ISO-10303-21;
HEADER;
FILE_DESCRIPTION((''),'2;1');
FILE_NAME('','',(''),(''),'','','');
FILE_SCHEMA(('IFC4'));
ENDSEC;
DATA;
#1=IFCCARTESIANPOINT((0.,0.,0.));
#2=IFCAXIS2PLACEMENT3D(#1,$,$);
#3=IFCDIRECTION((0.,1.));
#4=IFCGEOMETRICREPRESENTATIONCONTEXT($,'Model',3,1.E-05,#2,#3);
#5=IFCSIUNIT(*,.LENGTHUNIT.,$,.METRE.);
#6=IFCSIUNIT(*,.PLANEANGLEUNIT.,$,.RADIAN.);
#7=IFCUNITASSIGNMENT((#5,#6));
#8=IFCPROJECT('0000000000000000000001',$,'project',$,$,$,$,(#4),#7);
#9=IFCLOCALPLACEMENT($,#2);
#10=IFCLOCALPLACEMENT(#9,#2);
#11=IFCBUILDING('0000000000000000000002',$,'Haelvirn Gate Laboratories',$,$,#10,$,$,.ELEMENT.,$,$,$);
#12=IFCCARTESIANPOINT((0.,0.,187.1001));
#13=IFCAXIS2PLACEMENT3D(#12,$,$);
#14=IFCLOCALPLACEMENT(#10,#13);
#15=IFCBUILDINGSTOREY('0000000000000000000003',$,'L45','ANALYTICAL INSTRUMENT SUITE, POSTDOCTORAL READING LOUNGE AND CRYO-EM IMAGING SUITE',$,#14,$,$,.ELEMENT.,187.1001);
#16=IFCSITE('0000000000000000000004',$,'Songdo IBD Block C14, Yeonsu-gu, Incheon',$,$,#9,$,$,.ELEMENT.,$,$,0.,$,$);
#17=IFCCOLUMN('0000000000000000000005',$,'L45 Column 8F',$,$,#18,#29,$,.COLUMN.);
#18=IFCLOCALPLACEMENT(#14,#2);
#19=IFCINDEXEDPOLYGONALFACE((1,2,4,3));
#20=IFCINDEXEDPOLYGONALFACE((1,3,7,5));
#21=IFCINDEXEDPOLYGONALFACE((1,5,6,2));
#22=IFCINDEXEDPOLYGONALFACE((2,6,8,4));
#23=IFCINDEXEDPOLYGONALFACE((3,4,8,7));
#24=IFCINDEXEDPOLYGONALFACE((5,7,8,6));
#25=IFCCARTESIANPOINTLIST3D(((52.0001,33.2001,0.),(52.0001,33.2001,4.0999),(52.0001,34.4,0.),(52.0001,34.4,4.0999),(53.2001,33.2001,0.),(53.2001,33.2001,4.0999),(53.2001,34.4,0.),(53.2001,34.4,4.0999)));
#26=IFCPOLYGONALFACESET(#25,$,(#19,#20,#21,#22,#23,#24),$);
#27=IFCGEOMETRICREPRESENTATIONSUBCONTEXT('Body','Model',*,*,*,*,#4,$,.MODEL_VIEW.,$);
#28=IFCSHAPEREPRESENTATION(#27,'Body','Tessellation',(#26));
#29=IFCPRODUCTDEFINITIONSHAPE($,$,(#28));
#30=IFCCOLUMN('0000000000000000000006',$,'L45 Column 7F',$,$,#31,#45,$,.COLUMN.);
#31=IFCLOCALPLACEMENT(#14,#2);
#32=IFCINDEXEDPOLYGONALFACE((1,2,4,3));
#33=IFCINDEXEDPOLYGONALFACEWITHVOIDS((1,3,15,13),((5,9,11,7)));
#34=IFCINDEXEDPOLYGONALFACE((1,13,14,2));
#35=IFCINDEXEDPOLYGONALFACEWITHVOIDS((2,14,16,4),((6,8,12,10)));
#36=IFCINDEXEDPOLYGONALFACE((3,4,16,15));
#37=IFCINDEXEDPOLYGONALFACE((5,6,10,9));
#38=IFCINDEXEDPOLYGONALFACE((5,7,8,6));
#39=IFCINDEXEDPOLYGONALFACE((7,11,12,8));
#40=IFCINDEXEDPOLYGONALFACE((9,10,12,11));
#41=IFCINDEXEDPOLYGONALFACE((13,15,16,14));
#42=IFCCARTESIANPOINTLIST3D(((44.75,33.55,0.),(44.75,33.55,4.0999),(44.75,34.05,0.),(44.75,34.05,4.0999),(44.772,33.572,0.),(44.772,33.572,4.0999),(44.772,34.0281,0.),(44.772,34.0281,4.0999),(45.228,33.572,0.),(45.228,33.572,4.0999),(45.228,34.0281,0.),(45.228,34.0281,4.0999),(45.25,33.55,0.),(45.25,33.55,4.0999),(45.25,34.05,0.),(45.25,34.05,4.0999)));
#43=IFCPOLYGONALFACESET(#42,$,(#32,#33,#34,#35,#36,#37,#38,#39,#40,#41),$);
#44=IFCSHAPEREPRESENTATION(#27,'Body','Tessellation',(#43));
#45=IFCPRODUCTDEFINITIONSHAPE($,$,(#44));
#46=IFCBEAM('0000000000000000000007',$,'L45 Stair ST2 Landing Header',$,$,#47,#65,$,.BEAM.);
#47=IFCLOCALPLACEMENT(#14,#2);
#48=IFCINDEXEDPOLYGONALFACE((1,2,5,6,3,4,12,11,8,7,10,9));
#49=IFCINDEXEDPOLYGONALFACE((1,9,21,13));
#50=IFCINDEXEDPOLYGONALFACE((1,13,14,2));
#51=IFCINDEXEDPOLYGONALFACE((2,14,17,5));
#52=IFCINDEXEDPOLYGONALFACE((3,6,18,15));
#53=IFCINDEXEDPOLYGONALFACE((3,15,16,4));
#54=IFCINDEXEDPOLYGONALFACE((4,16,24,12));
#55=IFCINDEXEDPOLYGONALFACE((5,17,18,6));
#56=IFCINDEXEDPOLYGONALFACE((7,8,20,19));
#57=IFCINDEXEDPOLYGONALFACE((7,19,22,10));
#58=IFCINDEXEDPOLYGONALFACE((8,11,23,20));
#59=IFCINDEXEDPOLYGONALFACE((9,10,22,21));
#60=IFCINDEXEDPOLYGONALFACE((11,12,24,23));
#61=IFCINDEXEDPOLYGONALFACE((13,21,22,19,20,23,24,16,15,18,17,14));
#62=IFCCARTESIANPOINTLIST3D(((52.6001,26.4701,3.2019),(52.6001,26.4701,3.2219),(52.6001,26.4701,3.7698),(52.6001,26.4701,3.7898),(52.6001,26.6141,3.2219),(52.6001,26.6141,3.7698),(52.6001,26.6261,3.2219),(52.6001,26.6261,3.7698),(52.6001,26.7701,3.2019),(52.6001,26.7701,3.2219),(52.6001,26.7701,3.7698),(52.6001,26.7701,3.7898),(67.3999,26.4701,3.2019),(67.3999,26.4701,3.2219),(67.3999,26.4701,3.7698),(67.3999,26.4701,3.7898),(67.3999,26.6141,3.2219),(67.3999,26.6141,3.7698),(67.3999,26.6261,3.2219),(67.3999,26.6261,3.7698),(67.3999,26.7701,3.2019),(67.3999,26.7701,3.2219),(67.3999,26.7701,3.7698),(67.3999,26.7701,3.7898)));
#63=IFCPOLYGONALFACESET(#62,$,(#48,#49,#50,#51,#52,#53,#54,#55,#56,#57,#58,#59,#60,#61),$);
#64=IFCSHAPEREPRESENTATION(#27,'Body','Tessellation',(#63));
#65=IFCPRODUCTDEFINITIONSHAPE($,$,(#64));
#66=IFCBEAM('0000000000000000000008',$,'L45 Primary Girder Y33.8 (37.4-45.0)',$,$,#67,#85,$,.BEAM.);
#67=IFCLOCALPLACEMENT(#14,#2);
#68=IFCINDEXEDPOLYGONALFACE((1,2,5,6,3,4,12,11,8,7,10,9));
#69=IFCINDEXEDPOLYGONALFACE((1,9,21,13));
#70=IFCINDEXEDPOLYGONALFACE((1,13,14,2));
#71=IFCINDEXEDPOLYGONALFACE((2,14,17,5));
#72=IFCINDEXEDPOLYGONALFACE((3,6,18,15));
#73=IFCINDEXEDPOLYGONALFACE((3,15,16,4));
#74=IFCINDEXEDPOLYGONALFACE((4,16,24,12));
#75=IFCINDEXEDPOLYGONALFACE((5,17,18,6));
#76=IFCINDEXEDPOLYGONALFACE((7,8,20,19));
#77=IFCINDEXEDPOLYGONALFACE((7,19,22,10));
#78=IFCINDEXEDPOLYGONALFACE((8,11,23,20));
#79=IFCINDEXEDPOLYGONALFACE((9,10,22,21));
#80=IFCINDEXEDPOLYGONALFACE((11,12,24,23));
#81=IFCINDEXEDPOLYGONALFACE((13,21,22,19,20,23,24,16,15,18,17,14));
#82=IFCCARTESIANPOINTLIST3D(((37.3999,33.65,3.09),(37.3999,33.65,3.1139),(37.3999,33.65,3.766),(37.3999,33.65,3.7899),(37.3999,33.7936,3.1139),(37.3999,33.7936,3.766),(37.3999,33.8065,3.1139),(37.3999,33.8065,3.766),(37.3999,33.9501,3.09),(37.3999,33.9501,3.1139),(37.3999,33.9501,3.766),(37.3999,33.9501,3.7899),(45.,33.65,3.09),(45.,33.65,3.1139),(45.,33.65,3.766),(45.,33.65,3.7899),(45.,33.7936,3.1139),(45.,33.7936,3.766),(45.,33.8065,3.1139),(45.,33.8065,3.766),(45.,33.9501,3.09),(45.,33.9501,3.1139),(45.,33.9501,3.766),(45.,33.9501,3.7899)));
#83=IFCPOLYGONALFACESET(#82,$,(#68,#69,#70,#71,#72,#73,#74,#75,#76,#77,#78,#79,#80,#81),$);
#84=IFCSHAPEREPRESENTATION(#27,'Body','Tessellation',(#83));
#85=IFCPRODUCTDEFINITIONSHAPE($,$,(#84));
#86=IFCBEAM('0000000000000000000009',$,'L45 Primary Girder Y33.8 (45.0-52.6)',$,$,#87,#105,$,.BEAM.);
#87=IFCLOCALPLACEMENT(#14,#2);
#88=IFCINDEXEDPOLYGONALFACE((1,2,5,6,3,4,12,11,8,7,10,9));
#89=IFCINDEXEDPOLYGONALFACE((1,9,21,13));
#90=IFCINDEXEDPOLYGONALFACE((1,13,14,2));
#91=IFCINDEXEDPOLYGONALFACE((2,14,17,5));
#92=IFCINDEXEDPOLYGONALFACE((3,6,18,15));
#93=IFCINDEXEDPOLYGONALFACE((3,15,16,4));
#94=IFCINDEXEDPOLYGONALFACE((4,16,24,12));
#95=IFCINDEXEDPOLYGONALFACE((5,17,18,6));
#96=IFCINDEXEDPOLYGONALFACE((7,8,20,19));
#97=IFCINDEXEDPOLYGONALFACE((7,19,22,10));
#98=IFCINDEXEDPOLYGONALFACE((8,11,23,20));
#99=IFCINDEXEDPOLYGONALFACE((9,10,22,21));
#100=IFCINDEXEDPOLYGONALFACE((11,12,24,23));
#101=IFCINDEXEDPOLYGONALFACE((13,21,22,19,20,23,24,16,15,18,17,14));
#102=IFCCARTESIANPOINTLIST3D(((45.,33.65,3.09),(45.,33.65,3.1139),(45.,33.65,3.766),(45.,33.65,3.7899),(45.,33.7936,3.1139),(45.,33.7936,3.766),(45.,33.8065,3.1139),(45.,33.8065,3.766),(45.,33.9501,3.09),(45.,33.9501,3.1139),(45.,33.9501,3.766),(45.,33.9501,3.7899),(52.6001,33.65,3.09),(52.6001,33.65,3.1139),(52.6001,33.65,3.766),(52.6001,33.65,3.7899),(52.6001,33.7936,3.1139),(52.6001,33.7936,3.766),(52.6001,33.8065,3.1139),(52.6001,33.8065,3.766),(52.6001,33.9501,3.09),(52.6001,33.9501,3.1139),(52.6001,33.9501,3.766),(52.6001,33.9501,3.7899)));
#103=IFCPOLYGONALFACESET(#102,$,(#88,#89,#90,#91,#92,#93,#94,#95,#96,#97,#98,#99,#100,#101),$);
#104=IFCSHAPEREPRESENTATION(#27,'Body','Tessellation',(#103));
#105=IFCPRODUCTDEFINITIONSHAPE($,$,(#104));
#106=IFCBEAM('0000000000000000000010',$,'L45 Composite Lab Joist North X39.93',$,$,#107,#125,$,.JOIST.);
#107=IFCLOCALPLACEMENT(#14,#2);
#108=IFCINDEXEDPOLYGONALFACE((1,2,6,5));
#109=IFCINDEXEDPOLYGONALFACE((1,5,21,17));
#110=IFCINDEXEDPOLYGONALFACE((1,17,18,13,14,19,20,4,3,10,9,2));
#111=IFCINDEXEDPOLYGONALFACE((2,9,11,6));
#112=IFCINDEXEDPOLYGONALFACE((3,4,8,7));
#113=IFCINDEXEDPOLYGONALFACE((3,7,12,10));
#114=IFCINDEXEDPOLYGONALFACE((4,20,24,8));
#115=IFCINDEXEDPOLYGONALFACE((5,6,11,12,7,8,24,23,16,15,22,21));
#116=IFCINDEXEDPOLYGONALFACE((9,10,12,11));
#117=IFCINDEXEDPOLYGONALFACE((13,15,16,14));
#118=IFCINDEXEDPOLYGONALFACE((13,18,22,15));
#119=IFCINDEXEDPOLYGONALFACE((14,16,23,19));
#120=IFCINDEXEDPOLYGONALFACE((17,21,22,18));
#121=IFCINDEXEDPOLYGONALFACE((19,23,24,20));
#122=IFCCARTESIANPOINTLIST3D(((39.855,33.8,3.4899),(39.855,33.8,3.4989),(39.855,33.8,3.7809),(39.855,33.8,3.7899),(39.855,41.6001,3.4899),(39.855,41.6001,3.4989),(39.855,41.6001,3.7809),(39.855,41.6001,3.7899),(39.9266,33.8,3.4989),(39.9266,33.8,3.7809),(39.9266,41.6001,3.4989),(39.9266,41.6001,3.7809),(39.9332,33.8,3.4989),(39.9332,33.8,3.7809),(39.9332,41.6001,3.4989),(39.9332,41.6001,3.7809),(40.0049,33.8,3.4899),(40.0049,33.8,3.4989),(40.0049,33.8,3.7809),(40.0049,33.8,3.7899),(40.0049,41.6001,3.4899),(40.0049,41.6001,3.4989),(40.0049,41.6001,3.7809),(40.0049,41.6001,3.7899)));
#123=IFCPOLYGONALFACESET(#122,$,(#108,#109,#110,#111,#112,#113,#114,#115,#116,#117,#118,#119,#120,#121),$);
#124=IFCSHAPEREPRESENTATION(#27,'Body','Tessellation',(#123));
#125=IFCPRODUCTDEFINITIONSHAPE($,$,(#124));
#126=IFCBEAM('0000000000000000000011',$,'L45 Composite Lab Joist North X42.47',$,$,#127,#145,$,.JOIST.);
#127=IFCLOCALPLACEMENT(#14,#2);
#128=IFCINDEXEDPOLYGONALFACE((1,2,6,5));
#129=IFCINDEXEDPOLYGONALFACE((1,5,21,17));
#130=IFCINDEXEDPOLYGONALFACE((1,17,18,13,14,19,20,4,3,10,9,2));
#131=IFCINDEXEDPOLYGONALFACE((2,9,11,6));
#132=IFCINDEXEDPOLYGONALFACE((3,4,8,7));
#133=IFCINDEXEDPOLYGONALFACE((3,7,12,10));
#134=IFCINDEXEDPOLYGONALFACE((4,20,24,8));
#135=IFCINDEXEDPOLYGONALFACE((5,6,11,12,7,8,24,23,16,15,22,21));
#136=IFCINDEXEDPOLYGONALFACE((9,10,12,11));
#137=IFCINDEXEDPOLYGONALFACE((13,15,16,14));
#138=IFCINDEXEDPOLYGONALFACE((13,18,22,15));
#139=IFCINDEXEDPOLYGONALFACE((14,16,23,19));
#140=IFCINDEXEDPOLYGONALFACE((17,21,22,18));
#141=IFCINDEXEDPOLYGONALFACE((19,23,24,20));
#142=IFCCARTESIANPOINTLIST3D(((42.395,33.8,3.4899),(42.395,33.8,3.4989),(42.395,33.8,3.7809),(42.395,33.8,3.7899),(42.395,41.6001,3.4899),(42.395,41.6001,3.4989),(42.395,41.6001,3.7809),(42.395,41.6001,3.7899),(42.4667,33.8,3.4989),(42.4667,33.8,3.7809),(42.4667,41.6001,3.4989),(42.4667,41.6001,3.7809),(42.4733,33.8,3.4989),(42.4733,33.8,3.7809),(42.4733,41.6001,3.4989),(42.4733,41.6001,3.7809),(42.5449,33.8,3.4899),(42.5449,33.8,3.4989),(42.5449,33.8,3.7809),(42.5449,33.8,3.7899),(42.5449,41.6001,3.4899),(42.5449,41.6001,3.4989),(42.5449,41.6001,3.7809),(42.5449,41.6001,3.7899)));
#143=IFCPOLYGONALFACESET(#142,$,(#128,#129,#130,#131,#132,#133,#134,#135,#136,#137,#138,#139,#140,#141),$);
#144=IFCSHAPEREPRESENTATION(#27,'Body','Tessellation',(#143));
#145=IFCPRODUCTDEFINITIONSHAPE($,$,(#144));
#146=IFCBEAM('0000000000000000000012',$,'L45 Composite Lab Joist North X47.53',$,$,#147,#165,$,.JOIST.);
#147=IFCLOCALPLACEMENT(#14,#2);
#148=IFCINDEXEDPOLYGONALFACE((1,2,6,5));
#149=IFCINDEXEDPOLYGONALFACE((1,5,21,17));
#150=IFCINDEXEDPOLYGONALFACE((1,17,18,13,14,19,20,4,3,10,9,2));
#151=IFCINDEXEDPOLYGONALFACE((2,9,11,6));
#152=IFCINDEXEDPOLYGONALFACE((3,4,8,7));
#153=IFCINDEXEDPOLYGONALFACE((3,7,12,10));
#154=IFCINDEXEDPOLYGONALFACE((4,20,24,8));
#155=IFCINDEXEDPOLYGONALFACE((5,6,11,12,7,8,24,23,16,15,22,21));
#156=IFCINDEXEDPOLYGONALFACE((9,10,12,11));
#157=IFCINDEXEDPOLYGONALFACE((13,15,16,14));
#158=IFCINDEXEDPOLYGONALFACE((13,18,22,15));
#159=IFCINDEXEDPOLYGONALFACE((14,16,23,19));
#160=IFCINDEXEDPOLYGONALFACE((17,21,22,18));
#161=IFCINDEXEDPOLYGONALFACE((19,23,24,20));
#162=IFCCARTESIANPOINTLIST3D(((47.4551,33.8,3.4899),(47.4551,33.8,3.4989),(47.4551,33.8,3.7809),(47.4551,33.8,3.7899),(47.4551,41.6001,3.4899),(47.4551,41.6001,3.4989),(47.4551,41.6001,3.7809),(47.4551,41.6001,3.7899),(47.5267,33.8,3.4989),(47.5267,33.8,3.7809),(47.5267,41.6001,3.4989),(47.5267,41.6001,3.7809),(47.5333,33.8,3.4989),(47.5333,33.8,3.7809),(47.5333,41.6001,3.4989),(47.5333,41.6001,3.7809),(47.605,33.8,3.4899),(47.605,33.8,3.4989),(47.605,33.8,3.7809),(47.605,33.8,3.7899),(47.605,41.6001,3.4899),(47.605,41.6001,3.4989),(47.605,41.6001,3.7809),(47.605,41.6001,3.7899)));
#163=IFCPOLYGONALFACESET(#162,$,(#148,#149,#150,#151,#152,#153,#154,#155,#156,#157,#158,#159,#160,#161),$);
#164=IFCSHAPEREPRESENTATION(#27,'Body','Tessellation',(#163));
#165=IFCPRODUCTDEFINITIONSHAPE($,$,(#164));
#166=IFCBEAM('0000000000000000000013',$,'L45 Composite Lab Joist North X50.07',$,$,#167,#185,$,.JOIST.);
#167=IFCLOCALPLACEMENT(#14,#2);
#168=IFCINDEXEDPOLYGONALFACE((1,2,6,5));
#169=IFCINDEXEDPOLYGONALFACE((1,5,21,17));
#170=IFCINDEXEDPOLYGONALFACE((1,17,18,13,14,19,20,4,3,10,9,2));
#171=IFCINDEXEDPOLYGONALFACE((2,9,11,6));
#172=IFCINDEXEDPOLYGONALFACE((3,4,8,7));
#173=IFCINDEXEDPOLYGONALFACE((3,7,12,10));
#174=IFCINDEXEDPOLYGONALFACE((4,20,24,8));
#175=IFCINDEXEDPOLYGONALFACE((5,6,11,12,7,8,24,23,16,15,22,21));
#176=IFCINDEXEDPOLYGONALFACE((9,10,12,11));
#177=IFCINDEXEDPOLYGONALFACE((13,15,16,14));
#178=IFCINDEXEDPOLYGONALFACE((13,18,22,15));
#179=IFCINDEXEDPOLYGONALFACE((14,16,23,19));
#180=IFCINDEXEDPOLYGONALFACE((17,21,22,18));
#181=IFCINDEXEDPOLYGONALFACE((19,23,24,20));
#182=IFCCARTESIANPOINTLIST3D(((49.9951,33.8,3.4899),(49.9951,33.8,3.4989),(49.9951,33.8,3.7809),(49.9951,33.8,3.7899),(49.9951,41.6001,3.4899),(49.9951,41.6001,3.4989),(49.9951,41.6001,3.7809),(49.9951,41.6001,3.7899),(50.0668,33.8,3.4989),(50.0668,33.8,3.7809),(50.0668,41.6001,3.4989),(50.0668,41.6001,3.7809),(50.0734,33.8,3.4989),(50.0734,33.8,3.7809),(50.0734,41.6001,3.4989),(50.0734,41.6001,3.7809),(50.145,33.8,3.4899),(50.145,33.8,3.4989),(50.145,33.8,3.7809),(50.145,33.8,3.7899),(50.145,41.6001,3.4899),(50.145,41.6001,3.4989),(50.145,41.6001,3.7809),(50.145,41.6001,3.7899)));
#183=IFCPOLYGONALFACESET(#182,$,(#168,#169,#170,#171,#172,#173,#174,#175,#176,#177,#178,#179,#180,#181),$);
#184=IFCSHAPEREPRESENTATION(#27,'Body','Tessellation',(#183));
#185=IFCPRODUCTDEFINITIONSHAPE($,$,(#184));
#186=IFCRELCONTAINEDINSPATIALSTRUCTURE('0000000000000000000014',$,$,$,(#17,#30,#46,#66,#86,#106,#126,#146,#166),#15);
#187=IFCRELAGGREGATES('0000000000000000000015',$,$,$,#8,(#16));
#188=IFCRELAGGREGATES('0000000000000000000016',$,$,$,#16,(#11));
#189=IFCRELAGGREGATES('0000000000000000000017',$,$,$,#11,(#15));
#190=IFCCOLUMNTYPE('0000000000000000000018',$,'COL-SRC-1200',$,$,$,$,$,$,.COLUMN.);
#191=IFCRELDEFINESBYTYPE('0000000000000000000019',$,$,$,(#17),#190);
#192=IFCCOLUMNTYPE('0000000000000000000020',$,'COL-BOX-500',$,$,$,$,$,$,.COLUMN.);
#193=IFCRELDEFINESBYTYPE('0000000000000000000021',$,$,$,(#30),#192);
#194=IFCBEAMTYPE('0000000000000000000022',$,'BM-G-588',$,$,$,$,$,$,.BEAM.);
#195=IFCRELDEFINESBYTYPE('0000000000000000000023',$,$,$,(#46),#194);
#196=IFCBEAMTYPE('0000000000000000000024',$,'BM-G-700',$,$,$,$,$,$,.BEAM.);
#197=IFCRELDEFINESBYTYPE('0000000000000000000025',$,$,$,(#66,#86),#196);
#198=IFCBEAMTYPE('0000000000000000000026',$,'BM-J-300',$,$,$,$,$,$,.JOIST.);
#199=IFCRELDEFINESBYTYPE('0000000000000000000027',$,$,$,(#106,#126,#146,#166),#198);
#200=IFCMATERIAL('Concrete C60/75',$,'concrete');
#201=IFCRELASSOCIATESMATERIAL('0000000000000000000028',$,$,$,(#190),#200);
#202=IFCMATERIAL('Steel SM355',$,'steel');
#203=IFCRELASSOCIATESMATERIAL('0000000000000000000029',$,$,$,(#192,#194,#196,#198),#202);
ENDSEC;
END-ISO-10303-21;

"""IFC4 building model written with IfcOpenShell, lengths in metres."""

from ifc_helpers import new_model, si_unit, direction, frame, origin, origin_2d, place, context, subcontext, project, spatial, rectangle, hollow_rectangle, i_section, extrude, source, transform, mapped, material, material_profile, profile_set, type_object, type_shapes, element, save


model = new_model("IFC4")

# Units and contexts
model_context = context("Model", 3, precision=1e-05, world=origin(), true_north=direction((0.0, 1.0)))
body_context = subcontext(model_context, "Body", "Model", "MODEL_VIEW")
ifc_project = project(units=[si_unit("LENGTHUNIT", "METRE"), si_unit("PLANEANGLEUNIT", "RADIAN")], contexts=[model_context])

# Site, building, storey
site_placement = place(None, origin())
site = spatial("IfcSite", under=ifc_project, at=site_placement, Name="Songdo IBD Block C14, Yeonsu-gu, Incheon", CompositionType="ELEMENT", RefElevation=0.0)
building_placement = place(site_placement, origin())
building = spatial("IfcBuilding", under=site, at=building_placement, Name="Haelvirn Gate Laboratories", CompositionType="ELEMENT")
storey_placement = place(building_placement, frame((0.0, 0.0, 187.1001)))
storey = spatial("IfcBuildingStorey", under=building, at=storey_placement, Name="L45", Description="ANALYTICAL INSTRUMENT SUITE, POSTDOCTORAL READING LOUNGE AND CRYO-EM IMAGING SUITE", CompositionType="ELEMENT", Elevation=187.1001)

# Columns
ifc_material_1 = material(Name="Concrete C60/75", Category="concrete")
ifc_material_profile_1 = material_profile(ifc_material_1, rectangle(XDim=1.2, YDim=1.2, at=origin_2d()), Name="SRC-1200x1200")
ifc_profile_set_1 = profile_set([ifc_material_profile_1], Name="Concrete C60/75")
column_type_1 = type_object("IfcColumnType", Name="COL-SRC-1200", PredefinedType="COLUMN", material=ifc_profile_set_1)
shared_shape_1 = source(origin(), body_context, "Body", "SweptSolid", [
    extrude(rectangle(XDim=1.2, YDim=1.2, at=origin_2d()), origin(), (0.0, 0.0, 1.0), 4.0999),
])
type_shapes(column_type_1, [shared_shape_1])
column_1_placement = place(storey_placement, frame((52.6001, 33.8, 0.0), z_axis=(0.0, 0.0, 1.0), x_axis=(1.0, 0.0, 0.0)))
element("IfcColumn", 1, at=column_1_placement, inside=storey, type_object=column_type_1, Name="L45 Column 8F", PredefinedType="COLUMN", context=body_context, shape_type="MappedRepresentation", body=[
    mapped(shared_shape_1, transform((0.0, 0.0, 0.0), scale=1.0)),
])
ifc_material_2 = material(Name="Steel SM355", Category="steel")
ifc_material_profile_2 = material_profile(ifc_material_2, hollow_rectangle(XDim=0.5, YDim=0.5, WallThickness=0.022, at=origin_2d()), Name="BOX-500x500x22")
ifc_profile_set_2 = profile_set([ifc_material_profile_2], Name="Steel SM355")
column_type_2 = type_object("IfcColumnType", Name="COL-BOX-500", PredefinedType="COLUMN", material=ifc_profile_set_2)
shared_shape_2 = source(origin(), body_context, "Body", "SweptSolid", [
    extrude(hollow_rectangle(XDim=0.5, YDim=0.5, WallThickness=0.022, at=origin_2d()), origin(), (0.0, 0.0, 1.0), 4.0999),
])
type_shapes(column_type_2, [shared_shape_2])
column_2_placement = place(storey_placement, frame((45.0, 33.8, 0.0), z_axis=(0.0, 0.0, 1.0), x_axis=(1.0, 0.0, 0.0)))
element("IfcColumn", 2, at=column_2_placement, inside=storey, type_object=column_type_2, Name="L45 Column 7F", PredefinedType="COLUMN", context=body_context, shape_type="MappedRepresentation", body=[
    mapped(shared_shape_2, transform((0.0, 0.0, 0.0), scale=1.0)),
])

# Beams
ifc_material_profile_3 = material_profile(ifc_material_2, i_section(OverallWidth=0.3, OverallDepth=0.5879, WebThickness=0.012, FlangeThickness=0.02, at=origin_2d()), Name="H-588x300x12x20")
ifc_profile_set_3 = profile_set([ifc_material_profile_3], Name="Steel SM355")
beam_type_1 = type_object("IfcBeamType", Name="BM-G-588", PredefinedType="BEAM", material=ifc_profile_set_3)
shared_shape_3 = source(origin(), body_context, "Body", "SweptSolid", [
    extrude(i_section(OverallWidth=0.3, OverallDepth=0.5879, WebThickness=0.012, FlangeThickness=0.02, at=origin_2d()), origin(), (0.0, 0.0, 1.0), 14.7998),
])
beam_1_placement = place(storey_placement, frame((52.6001, 26.6201, 3.4958), z_axis=(1.0, 0.0, 0.0), x_axis=(0.0, 1.0, 0.0)))
element("IfcBeam", 3, at=beam_1_placement, inside=storey, type_object=beam_type_1, Name="L45 Stair ST2 Landing Header", PredefinedType="BEAM", context=body_context, shape_type="MappedRepresentation", body=[
    mapped(shared_shape_3, transform((0.0, 0.0, 0.0), scale=1.0)),
])
ifc_material_profile_4 = material_profile(ifc_material_2, i_section(OverallWidth=0.3, OverallDepth=0.7, WebThickness=0.0129, FlangeThickness=0.0239, at=origin_2d()), Name="H-700x300x13x24")
ifc_profile_set_4 = profile_set([ifc_material_profile_4], Name="Steel SM355")
beam_type_2 = type_object("IfcBeamType", Name="BM-G-700", PredefinedType="BEAM", material=ifc_profile_set_4)
shared_shape_4 = source(origin(), body_context, "Body", "SweptSolid", [
    extrude(i_section(OverallWidth=0.3, OverallDepth=0.7, WebThickness=0.0129, FlangeThickness=0.0239, at=origin_2d()), origin(), (0.0, 0.0, 1.0), 7.6001),
])
type_shapes(beam_type_2, [shared_shape_4])
for number, where, z_axis, x_axis, name in (
    (4, (37.3999, 33.8, 3.4399), (1.0, 0.0, 0.0), (0.0, 1.0, 0.0), "L45 Primary Girder Y33.8 (37.4-45.0)"),
    (5, (45.0, 33.8, 3.4399), (1.0, 0.0, 0.0), (0.0, 1.0, 0.0), "L45 Primary Girder Y33.8 (45.0-52.6)"),
):
    element("IfcBeam", number, at=place(storey_placement, frame(where, z_axis=z_axis, x_axis=x_axis)), inside=storey, type_object=beam_type_2, Name=name, PredefinedType="BEAM", context=body_context, shape_type="MappedRepresentation", body=[
        mapped(shared_shape_4, transform((0.0, 0.0, 0.0), scale=1.0)),
    ])
ifc_material_profile_5 = material_profile(ifc_material_2, i_section(OverallWidth=0.1499, OverallDepth=0.3, WebThickness=0.0066, FlangeThickness=0.009, at=origin_2d()), Name="H-300x150x6.5x9")
ifc_profile_set_5 = profile_set([ifc_material_profile_5], Name="Steel SM355")
beam_type_3 = type_object("IfcBeamType", Name="BM-J-300", PredefinedType="JOIST", material=ifc_profile_set_5)
shared_shape_5 = source(origin(), body_context, "Body", "SweptSolid", [
    extrude(i_section(OverallWidth=0.1499, OverallDepth=0.3, WebThickness=0.0066, FlangeThickness=0.009, at=origin_2d()), origin(), (0.0, 0.0, 1.0), 7.8),
])
type_shapes(beam_type_3, [shared_shape_5])
for number, where, z_axis, x_axis, name in (
    (6, (39.9299, 33.8, 3.6399), (0.0, 1.0, 0.0), (-1.0, 0.0, 0.0), "L45 Composite Lab Joist North X39.93"),
    (7, (42.47, 33.8, 3.6399), (0.0, 1.0, 0.0), (-1.0, 0.0, 0.0), "L45 Composite Lab Joist North X42.47"),
    (8, (47.53, 33.8, 3.6399), (0.0, 1.0, 0.0), (-1.0, 0.0, 0.0), "L45 Composite Lab Joist North X47.53"),
    (9, (50.0701, 33.8, 3.6399), (0.0, 1.0, 0.0), (-1.0, 0.0, 0.0), "L45 Composite Lab Joist North X50.07"),
):
    element("IfcBeam", number, at=place(storey_placement, frame(where, z_axis=z_axis, x_axis=x_axis)), inside=storey, type_object=beam_type_3, Name=name, PredefinedType="JOIST", context=body_context, shape_type="MappedRepresentation", body=[
        mapped(shared_shape_5, transform((0.0, 0.0, 0.0), scale=1.0)),
    ])

save(model, "model.ifc")
